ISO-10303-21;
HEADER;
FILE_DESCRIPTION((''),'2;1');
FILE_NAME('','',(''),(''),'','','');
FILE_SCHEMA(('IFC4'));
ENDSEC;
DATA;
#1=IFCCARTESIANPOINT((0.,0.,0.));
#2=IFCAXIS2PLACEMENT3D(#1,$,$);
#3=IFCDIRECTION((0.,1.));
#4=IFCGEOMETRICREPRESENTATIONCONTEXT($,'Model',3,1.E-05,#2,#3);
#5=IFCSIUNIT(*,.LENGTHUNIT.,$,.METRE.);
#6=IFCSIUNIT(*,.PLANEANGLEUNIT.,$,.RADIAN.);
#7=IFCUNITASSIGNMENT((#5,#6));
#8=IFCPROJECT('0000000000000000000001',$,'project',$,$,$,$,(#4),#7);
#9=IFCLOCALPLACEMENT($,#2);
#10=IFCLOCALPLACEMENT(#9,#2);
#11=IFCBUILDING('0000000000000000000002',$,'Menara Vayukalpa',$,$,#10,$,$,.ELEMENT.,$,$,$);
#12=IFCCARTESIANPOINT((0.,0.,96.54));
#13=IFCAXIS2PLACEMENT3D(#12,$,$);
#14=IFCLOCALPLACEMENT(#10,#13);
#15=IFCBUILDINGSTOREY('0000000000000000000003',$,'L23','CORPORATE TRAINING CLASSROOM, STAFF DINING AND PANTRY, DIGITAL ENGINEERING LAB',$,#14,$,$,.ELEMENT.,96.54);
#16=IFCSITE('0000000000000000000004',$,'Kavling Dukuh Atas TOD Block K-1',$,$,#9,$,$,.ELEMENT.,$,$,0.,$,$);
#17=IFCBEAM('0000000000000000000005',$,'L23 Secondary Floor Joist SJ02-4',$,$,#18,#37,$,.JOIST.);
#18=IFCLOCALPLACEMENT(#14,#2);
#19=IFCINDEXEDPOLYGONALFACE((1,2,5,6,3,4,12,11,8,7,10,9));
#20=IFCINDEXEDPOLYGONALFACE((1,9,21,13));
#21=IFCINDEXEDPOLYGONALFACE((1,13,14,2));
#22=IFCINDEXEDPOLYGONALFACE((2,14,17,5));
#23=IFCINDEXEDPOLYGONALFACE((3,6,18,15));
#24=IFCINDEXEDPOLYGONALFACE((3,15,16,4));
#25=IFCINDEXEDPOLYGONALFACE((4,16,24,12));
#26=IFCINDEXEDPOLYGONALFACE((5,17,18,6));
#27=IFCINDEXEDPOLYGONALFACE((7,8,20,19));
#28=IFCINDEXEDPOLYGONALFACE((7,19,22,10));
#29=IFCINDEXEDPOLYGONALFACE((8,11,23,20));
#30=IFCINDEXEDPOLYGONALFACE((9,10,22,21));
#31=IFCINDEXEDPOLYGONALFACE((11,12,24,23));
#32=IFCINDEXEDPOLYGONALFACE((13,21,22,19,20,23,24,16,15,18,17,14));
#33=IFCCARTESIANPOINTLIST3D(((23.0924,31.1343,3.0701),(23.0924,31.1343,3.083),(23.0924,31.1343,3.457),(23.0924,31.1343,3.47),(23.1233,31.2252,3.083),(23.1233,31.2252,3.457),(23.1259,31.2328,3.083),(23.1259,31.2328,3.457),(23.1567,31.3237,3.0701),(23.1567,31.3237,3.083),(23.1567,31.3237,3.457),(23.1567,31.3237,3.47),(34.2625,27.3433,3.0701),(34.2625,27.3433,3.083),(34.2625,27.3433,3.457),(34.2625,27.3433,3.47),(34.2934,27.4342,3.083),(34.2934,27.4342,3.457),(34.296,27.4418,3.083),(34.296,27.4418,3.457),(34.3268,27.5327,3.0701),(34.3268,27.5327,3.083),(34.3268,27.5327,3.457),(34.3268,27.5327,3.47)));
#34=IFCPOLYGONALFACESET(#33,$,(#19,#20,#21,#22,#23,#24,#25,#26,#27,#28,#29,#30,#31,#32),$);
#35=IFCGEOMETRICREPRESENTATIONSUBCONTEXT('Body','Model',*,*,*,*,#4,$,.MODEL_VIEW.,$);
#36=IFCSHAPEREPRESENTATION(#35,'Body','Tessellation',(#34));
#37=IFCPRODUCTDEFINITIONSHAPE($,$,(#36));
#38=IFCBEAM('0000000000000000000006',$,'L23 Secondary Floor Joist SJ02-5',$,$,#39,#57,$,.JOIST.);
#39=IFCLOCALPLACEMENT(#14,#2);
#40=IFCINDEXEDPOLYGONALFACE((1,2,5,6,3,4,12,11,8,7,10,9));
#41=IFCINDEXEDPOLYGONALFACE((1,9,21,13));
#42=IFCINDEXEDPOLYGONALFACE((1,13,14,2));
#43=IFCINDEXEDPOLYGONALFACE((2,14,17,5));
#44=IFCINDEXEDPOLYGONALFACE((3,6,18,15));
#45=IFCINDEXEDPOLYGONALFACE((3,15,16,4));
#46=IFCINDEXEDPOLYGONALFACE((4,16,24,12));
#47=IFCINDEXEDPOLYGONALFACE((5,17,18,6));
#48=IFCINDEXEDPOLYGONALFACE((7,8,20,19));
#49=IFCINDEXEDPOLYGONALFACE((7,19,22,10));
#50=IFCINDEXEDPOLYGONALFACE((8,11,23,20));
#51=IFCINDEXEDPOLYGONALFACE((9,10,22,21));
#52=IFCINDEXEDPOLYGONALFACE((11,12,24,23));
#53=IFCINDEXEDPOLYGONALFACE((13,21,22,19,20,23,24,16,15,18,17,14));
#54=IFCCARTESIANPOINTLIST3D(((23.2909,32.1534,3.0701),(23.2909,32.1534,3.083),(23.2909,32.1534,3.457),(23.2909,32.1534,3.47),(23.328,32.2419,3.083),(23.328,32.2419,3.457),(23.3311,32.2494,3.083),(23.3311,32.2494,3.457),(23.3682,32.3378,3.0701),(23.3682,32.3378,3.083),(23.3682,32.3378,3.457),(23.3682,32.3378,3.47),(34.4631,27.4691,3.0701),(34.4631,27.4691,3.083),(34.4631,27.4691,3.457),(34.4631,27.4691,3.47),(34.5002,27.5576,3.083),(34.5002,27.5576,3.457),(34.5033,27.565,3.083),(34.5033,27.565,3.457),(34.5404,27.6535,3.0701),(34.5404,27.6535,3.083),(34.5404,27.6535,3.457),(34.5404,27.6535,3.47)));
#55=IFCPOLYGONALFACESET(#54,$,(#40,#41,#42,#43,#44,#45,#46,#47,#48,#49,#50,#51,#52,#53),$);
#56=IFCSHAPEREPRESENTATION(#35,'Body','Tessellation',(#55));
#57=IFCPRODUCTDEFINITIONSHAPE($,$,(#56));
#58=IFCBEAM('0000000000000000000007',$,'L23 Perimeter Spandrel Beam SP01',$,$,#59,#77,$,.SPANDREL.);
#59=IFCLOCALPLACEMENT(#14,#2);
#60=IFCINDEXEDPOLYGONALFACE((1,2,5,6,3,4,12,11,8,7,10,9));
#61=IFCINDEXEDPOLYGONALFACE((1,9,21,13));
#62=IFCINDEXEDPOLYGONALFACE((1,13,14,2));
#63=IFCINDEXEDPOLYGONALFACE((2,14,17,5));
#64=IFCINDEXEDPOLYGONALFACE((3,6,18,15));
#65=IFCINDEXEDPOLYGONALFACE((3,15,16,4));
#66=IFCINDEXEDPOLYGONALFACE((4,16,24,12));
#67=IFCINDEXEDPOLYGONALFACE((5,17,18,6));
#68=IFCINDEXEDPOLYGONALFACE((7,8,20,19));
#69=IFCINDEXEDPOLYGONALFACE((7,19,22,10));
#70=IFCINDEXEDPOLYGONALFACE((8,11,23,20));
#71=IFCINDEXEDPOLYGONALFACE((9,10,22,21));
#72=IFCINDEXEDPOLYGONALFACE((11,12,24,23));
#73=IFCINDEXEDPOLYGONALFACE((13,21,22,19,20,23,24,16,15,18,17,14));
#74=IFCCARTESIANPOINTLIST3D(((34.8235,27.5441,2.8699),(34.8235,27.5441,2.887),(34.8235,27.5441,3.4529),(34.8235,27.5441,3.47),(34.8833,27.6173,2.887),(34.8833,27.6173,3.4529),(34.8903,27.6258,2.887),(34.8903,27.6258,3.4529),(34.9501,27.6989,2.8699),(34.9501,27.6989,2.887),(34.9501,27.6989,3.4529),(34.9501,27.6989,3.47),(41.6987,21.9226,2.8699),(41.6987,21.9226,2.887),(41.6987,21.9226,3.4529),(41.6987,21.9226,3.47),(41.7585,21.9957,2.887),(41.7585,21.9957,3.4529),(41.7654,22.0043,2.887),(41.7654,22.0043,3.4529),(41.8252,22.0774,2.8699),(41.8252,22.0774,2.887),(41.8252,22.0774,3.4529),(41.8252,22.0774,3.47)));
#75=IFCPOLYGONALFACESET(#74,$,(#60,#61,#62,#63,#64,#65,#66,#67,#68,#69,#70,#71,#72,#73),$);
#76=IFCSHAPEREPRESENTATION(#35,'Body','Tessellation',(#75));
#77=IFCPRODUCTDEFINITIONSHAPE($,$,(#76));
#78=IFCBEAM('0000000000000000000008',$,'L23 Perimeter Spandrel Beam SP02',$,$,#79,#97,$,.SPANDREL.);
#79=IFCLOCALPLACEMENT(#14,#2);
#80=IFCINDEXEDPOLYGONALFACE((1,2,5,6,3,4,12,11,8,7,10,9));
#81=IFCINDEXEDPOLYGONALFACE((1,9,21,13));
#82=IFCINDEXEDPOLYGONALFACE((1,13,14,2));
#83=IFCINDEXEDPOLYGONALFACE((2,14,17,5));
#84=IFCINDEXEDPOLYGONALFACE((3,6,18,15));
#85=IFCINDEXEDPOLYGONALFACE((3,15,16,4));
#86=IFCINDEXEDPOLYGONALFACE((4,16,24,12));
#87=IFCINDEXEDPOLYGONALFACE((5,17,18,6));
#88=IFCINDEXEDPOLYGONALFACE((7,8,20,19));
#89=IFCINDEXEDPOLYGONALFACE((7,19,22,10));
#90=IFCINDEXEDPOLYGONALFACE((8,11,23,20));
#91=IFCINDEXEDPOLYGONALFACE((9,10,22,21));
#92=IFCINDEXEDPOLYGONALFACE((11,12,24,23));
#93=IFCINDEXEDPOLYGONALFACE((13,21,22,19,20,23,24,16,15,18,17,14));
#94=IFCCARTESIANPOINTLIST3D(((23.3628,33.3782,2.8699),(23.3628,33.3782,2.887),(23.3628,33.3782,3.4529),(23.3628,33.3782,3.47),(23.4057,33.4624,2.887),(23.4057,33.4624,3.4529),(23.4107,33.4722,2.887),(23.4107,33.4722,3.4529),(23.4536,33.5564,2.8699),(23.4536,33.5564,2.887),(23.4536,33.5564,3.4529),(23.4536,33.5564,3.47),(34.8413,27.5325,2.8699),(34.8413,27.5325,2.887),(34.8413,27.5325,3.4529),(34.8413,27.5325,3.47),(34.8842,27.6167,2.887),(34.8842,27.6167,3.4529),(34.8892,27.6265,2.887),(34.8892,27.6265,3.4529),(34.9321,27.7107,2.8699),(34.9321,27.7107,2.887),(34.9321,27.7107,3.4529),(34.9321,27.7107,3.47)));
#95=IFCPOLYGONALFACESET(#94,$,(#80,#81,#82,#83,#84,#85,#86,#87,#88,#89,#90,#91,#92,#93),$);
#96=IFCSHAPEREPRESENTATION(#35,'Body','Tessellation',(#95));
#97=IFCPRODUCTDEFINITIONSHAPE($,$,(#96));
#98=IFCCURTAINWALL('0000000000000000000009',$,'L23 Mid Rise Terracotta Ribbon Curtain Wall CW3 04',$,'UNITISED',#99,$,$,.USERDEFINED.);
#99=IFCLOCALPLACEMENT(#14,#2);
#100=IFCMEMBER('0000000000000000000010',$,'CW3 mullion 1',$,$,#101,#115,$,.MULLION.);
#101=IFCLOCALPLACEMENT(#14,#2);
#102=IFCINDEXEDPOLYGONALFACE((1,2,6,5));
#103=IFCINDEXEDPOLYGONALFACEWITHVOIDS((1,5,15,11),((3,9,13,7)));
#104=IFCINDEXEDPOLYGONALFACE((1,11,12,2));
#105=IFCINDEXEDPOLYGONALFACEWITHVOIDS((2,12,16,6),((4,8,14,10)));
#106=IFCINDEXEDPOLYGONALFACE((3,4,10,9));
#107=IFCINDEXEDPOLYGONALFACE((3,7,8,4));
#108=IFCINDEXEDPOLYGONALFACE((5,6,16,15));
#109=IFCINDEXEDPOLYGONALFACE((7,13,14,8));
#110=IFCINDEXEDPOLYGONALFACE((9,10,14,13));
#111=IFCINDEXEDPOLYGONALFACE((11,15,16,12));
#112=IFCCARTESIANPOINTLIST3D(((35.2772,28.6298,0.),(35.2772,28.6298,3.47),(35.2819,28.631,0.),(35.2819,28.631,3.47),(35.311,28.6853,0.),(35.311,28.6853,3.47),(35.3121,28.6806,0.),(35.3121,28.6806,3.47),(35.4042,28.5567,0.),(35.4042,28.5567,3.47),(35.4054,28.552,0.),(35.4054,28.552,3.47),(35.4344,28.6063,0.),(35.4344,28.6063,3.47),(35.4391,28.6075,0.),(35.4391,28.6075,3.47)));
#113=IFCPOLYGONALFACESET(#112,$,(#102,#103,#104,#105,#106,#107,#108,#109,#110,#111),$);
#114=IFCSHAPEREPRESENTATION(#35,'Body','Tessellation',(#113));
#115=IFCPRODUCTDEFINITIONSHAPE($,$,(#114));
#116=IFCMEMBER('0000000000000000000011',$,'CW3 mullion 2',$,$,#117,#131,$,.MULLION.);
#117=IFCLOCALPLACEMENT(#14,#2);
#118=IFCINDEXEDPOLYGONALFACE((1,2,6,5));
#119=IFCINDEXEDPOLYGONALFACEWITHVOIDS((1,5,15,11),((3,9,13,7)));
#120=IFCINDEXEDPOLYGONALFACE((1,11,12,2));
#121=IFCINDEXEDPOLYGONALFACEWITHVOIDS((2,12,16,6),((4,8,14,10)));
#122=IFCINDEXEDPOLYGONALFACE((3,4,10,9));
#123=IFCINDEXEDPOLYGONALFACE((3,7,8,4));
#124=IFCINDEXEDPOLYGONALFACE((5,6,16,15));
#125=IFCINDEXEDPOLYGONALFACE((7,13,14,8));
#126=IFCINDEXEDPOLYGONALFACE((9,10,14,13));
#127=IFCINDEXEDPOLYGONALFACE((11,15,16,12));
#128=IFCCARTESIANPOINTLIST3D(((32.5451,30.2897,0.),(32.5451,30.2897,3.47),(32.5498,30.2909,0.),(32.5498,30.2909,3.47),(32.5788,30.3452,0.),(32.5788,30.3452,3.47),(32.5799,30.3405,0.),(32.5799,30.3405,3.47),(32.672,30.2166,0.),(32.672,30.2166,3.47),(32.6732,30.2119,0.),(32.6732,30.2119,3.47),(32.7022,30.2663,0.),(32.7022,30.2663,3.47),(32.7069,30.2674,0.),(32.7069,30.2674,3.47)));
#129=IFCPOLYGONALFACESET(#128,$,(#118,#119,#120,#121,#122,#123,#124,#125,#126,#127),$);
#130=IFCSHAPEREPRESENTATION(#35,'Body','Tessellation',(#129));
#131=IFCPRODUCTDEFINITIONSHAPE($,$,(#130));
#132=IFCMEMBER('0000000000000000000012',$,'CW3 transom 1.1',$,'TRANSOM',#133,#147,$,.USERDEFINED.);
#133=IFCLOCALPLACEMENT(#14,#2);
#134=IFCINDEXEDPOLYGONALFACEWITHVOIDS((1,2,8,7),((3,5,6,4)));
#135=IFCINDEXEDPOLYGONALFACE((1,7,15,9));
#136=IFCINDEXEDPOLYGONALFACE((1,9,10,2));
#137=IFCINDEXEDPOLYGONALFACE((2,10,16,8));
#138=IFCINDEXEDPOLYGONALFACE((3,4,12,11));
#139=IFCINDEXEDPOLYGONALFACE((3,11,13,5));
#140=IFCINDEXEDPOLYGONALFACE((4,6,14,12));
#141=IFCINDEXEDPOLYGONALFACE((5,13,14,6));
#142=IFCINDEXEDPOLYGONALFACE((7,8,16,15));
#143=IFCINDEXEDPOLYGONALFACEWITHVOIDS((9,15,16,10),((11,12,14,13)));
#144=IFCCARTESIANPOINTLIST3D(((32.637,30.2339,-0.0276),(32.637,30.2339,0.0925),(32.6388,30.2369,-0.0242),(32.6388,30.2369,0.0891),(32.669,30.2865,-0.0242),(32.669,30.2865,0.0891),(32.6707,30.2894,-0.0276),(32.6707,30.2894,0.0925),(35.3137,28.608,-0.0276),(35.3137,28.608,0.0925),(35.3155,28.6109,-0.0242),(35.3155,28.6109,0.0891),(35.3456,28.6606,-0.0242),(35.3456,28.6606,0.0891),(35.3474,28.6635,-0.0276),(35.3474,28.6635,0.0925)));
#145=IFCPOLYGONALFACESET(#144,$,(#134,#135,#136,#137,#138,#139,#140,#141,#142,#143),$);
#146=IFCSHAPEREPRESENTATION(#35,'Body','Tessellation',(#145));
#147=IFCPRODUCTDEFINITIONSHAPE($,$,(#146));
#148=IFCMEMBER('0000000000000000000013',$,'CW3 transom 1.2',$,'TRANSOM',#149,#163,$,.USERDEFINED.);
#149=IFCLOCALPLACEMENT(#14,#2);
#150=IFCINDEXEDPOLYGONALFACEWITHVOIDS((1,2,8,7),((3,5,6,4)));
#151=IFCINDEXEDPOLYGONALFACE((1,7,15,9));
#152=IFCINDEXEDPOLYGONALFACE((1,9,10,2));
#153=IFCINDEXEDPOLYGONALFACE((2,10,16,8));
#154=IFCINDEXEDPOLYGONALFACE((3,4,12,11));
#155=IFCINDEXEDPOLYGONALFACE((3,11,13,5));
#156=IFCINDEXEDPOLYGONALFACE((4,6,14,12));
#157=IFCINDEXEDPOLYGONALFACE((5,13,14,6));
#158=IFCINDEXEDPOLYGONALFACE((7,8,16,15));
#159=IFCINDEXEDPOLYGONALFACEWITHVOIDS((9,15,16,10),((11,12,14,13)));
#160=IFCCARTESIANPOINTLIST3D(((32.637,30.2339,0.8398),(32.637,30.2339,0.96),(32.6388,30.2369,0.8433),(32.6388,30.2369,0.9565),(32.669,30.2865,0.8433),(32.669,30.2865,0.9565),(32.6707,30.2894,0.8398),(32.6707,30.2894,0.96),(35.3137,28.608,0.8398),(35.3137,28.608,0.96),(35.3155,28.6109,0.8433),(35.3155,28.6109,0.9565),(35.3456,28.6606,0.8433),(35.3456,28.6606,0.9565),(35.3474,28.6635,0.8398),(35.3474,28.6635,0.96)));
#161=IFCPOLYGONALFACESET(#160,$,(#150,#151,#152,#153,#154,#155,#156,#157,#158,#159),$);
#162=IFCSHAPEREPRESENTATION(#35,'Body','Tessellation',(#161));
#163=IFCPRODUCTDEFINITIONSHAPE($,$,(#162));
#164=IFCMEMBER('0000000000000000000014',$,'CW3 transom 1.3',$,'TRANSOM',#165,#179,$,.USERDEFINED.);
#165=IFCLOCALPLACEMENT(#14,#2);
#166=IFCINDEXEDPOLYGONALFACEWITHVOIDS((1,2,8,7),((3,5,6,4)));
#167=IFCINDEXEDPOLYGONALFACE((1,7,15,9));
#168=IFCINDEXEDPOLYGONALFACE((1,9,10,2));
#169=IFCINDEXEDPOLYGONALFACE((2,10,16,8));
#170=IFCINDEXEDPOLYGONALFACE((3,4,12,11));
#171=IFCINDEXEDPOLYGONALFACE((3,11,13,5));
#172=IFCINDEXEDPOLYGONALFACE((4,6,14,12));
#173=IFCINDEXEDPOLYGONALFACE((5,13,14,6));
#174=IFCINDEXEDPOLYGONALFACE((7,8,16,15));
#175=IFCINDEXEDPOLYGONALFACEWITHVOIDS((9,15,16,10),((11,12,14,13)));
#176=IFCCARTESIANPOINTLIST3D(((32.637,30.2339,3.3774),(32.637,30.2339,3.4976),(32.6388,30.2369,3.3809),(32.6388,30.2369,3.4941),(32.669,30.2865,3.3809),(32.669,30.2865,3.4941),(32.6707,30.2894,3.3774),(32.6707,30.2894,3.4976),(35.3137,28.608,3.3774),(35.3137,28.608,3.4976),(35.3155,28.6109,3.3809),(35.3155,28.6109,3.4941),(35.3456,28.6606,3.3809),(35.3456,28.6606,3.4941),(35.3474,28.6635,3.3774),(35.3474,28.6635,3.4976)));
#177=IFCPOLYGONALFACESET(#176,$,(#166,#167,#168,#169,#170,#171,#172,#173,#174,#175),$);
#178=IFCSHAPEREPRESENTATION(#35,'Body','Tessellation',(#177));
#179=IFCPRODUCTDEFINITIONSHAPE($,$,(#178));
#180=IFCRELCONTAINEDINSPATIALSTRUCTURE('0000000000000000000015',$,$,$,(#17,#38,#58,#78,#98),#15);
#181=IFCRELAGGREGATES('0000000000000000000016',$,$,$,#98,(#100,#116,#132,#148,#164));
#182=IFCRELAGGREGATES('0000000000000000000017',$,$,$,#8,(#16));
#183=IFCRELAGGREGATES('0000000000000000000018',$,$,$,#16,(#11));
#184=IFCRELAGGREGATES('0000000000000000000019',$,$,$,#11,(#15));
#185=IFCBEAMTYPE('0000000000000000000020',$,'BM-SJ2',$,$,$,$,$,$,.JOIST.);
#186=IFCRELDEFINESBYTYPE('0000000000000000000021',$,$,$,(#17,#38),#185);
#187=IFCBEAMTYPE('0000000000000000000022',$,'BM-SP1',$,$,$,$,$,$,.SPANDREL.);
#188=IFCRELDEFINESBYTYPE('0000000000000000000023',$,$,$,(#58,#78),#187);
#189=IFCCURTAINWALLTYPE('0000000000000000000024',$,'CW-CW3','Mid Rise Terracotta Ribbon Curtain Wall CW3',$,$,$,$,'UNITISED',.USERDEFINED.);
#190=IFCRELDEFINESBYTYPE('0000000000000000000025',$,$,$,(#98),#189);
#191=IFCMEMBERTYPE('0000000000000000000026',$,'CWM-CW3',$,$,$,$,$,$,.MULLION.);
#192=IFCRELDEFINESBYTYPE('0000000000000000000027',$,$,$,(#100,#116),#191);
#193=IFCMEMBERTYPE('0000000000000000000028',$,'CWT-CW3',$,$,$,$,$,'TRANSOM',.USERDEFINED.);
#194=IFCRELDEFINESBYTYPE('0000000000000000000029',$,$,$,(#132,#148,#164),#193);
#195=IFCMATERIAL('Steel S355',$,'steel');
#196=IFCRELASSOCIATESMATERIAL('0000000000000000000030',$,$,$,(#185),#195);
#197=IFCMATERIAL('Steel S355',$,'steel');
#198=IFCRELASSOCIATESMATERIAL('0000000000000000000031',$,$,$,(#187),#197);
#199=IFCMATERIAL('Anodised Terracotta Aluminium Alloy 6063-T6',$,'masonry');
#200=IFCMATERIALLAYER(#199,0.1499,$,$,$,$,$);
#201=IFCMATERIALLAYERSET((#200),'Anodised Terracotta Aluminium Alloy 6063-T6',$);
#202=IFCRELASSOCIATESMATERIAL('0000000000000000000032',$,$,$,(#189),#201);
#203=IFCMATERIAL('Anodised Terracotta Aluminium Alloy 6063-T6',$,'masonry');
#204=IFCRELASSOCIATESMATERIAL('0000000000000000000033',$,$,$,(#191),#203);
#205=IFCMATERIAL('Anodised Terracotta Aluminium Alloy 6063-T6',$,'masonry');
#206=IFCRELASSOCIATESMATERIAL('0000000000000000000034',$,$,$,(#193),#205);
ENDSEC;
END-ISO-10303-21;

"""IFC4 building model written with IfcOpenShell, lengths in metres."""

from ifc_helpers import new_model, si_unit, direction, frame, origin, origin_2d, place, context, subcontext, project, spatial, hollow_rectangle, i_section, extrude, material, layer, layer_set, material_profile, profile_set, type_object, element, aggregate, save


model = new_model("IFC4")

# Units and contexts
model_context = context("Model", 3, precision=1e-05, world=origin(), true_north=direction((0.0, 1.0)))
body_context = subcontext(model_context, "Body", "Model", "MODEL_VIEW")
ifc_project = project(units=[si_unit("LENGTHUNIT", "METRE"), si_unit("PLANEANGLEUNIT", "RADIAN")], contexts=[model_context])

# Site, building, storey
site_placement = place(None, origin())
site = spatial("IfcSite", under=ifc_project, at=site_placement, Name="Kavling Dukuh Atas TOD Block K-1", CompositionType="ELEMENT", RefElevation=0.0)
building_placement = place(site_placement, origin())
building = spatial("IfcBuilding", under=site, at=building_placement, Name="Menara Vayukalpa", CompositionType="ELEMENT")
storey_placement = place(building_placement, frame((0.0, 0.0, 96.54)))
storey = spatial("IfcBuildingStorey", under=building, at=storey_placement, Name="L23", Description="CORPORATE TRAINING CLASSROOM, STAFF DINING AND PANTRY, DIGITAL ENGINEERING LAB", CompositionType="ELEMENT", Elevation=96.54)

# Beams
ifc_material_1 = material(Name="Steel S355", Category="steel")
ifc_material_profile_1 = material_profile(ifc_material_1, i_section(OverallWidth=0.2, OverallDepth=0.3999, WebThickness=0.0081, FlangeThickness=0.0129, at=origin_2d()), Name="WF 400x200x8x13")
ifc_profile_set_1 = profile_set([ifc_material_profile_1], Name="Steel S355")
beam_type_1 = type_object("IfcBeamType", Name="BM-SJ2", PredefinedType="JOIST", material=ifc_profile_set_1)
beam_1_placement = place(storey_placement, frame((34.2947, 27.438, 3.27), z_axis=(-0.946949, 0.321383, 0.0), x_axis=(-0.321383, -0.946949, 0.0)))
element("IfcBeam", 1, at=beam_1_placement, inside=storey, type_object=beam_type_1, Name="L23 Secondary Floor Joist SJ02-4", PredefinedType="JOIST", context=body_context, shape_type="SweptSolid", body=[
    extrude(i_section(OverallWidth=0.2, OverallDepth=0.3999, WebThickness=0.0081, FlangeThickness=0.0129, at=origin_2d()), origin(), (0.0, 0.0, 1.0), 11.7959),
])
beam_2_placement = place(storey_placement, frame((34.5017, 27.5613, 3.27), z_axis=(-0.922217, 0.386674, 0.0), x_axis=(-0.386674, -0.922217, 0.0)))
element("IfcBeam", 2, at=beam_2_placement, inside=storey, type_object=beam_type_1, Name="L23 Secondary Floor Joist SJ02-5", PredefinedType="JOIST", context=body_context, shape_type="SweptSolid", body=[
    extrude(i_section(OverallWidth=0.2, OverallDepth=0.3999, WebThickness=0.0081, FlangeThickness=0.0129, at=origin_2d()), origin(), (0.0, 0.0, 1.0), 12.1145),
])
ifc_material_2 = material(Name="Steel S355", Category="steel")
ifc_material_profile_2 = material_profile(ifc_material_2, i_section(OverallWidth=0.2, OverallDepth=0.6001, WebThickness=0.011, FlangeThickness=0.0171, at=origin_2d()), Name="WF 600x200x11x17")
ifc_profile_set_2 = profile_set([ifc_material_profile_2], Name="Steel S355")
beam_type_2 = type_object("IfcBeamType", Name="BM-SP1", PredefinedType="SPANDREL", material=ifc_profile_set_2)
beam_3_placement = place(storey_placement, frame((41.762, 22.0, 3.1699), z_axis=(-0.774157, 0.632994, 0.0), x_axis=(-0.632994, -0.774157, 0.0)))
element("IfcBeam", 3, at=beam_3_placement, inside=storey, type_object=beam_type_2, Name="L23 Perimeter Spandrel Beam SP01", PredefinedType="SPANDREL", context=body_context, shape_type="SweptSolid", body=[
    extrude(i_section(OverallWidth=0.2, OverallDepth=0.6001, WebThickness=0.011, FlangeThickness=0.0171, at=origin_2d()), origin(), (0.0, 0.0, 1.0), 8.8809),
])
beam_4_placement = place(storey_placement, frame((34.8867, 27.6216, 3.1699), z_axis=(-0.891097, 0.453812, 0.0), x_axis=(-0.453812, -0.891097, 0.0)))
element("IfcBeam", 4, at=beam_4_placement, inside=storey, type_object=beam_type_2, Name="L23 Perimeter Spandrel Beam SP02", PredefinedType="SPANDREL", context=body_context, shape_type="SweptSolid", body=[
    extrude(i_section(OverallWidth=0.2, OverallDepth=0.6001, WebThickness=0.011, FlangeThickness=0.0171, at=origin_2d()), origin(), (0.0, 0.0, 1.0), 12.8813),
])

# Curtain wall, members
ifc_material_3 = material(Name="Anodised Terracotta Aluminium Alloy 6063-T6", Category="masonry")
ifc_layer_1 = layer(ifc_material_3, 0.1499)
ifc_layer_set_1 = layer_set([ifc_layer_1], Name="Anodised Terracotta Aluminium Alloy 6063-T6")
curtain_wall_type = type_object("IfcCurtainWallType", Name="CW-CW3", Description="Mid Rise Terracotta Ribbon Curtain Wall CW3", ElementType="UNITISED", PredefinedType="USERDEFINED", material=ifc_layer_set_1)
curtain_wall_placement = place(storey_placement, origin())
curtain_wall = element("IfcCurtainWall", 5, at=curtain_wall_placement, inside=storey, type_object=curtain_wall_type, Name="L23 Mid Rise Terracotta Ribbon Curtain Wall CW3 04", ObjectType="UNITISED", PredefinedType="USERDEFINED")
ifc_material_4 = material(Name="Anodised Terracotta Aluminium Alloy 6063-T6", Category="masonry")
ifc_material_profile_3 = material_profile(ifc_material_4, hollow_rectangle(XDim=0.0649, YDim=0.1499, WallThickness=0.0034, at=origin_2d()), Name="ALU 65x150x3.5")
ifc_profile_set_3 = profile_set([ifc_material_profile_3], Name="Anodised Terracotta Aluminium Alloy 6063-T6")
member_type_1 = type_object("IfcMemberType", Name="CWM-CW3", PredefinedType="MULLION", material=ifc_profile_set_3)
member_1_placement = place(storey_placement, frame((35.3582, 28.6187, 0.0), z_axis=(0.0, 0.0, 1.0), x_axis=(-0.519183, -0.854663, 0.0)))
member_1 = element("IfcMember", 6, at=member_1_placement, type_object=member_type_1, Name="CW3 mullion 1", PredefinedType="MULLION", context=body_context, shape_type="SweptSolid", body=[
    extrude(hollow_rectangle(XDim=0.0649, YDim=0.1499, WallThickness=0.0034, at=origin_2d()), origin(), (0.0, 0.0, 1.0), 3.47),
])
member_2_placement = place(storey_placement, frame((32.626, 30.2786, 0.0), z_axis=(0.0, 0.0, 1.0), x_axis=(-0.519183, -0.854663, 0.0)))
member_2 = element("IfcMember", 7, at=member_2_placement, type_object=member_type_1, Name="CW3 mullion 2", PredefinedType="MULLION", context=body_context, shape_type="SweptSolid", body=[
    extrude(hollow_rectangle(XDim=0.0649, YDim=0.1499, WallThickness=0.0034, at=origin_2d()), origin(), (0.0, 0.0, 1.0), 3.47),
])
ifc_material_5 = material(Name="Anodised Terracotta Aluminium Alloy 6063-T6", Category="masonry")
ifc_material_profile_4 = material_profile(ifc_material_5, hollow_rectangle(XDim=0.0649, YDim=0.1201, WallThickness=0.0034, at=origin_2d()), Name="ALU 65x120x3.5")
ifc_profile_set_4 = profile_set([ifc_material_profile_4], Name="Anodised Terracotta Aluminium Alloy 6063-T6")
member_type_2 = type_object("IfcMemberType", Name="CWT-CW3", ElementType="TRANSOM", PredefinedType="USERDEFINED", material=ifc_profile_set_4)
member_3_placement = place(storey_placement, frame((35.3306, 28.6357, 0.0325), z_axis=(-0.854674, 0.519165, 0.0), x_axis=(-0.519165, -0.854674, 0.0)))
member_3 = element("IfcMember", 8, at=member_3_placement, type_object=member_type_2, Name="CW3 transom 1.1", ObjectType="TRANSOM", PredefinedType="USERDEFINED", context=body_context, shape_type="SweptSolid", body=[
    extrude(hollow_rectangle(XDim=0.0649, YDim=0.1201, WallThickness=0.0034, at=origin_2d()), origin(), (0.0, 0.0, 1.0), 3.1318),
])
member_4_placement = place(storey_placement, frame((35.3306, 28.6357, 0.8999), z_axis=(-0.854674, 0.519165, 0.0), x_axis=(-0.519165, -0.854674, 0.0)))
member_4 = element("IfcMember", 9, at=member_4_placement, type_object=member_type_2, Name="CW3 transom 1.2", ObjectType="TRANSOM", PredefinedType="USERDEFINED", context=body_context, shape_type="SweptSolid", body=[
    extrude(hollow_rectangle(XDim=0.0649, YDim=0.1201, WallThickness=0.0034, at=origin_2d()), origin(), (0.0, 0.0, 1.0), 3.1318),
])
member_5_placement = place(storey_placement, frame((35.3306, 28.6357, 3.4375), z_axis=(-0.854674, 0.519165, 0.0), x_axis=(-0.519165, -0.854674, 0.0)))
member_5 = element("IfcMember", 10, at=member_5_placement, type_object=member_type_2, Name="CW3 transom 1.3", ObjectType="TRANSOM", PredefinedType="USERDEFINED", context=body_context, shape_type="SweptSolid", body=[
    extrude(hollow_rectangle(XDim=0.0649, YDim=0.1201, WallThickness=0.0034, at=origin_2d()), origin(), (0.0, 0.0, 1.0), 3.1318),
])
aggregate(curtain_wall, [member_1, member_2, member_3, member_4, member_5])

save(model, "model.ifc")
